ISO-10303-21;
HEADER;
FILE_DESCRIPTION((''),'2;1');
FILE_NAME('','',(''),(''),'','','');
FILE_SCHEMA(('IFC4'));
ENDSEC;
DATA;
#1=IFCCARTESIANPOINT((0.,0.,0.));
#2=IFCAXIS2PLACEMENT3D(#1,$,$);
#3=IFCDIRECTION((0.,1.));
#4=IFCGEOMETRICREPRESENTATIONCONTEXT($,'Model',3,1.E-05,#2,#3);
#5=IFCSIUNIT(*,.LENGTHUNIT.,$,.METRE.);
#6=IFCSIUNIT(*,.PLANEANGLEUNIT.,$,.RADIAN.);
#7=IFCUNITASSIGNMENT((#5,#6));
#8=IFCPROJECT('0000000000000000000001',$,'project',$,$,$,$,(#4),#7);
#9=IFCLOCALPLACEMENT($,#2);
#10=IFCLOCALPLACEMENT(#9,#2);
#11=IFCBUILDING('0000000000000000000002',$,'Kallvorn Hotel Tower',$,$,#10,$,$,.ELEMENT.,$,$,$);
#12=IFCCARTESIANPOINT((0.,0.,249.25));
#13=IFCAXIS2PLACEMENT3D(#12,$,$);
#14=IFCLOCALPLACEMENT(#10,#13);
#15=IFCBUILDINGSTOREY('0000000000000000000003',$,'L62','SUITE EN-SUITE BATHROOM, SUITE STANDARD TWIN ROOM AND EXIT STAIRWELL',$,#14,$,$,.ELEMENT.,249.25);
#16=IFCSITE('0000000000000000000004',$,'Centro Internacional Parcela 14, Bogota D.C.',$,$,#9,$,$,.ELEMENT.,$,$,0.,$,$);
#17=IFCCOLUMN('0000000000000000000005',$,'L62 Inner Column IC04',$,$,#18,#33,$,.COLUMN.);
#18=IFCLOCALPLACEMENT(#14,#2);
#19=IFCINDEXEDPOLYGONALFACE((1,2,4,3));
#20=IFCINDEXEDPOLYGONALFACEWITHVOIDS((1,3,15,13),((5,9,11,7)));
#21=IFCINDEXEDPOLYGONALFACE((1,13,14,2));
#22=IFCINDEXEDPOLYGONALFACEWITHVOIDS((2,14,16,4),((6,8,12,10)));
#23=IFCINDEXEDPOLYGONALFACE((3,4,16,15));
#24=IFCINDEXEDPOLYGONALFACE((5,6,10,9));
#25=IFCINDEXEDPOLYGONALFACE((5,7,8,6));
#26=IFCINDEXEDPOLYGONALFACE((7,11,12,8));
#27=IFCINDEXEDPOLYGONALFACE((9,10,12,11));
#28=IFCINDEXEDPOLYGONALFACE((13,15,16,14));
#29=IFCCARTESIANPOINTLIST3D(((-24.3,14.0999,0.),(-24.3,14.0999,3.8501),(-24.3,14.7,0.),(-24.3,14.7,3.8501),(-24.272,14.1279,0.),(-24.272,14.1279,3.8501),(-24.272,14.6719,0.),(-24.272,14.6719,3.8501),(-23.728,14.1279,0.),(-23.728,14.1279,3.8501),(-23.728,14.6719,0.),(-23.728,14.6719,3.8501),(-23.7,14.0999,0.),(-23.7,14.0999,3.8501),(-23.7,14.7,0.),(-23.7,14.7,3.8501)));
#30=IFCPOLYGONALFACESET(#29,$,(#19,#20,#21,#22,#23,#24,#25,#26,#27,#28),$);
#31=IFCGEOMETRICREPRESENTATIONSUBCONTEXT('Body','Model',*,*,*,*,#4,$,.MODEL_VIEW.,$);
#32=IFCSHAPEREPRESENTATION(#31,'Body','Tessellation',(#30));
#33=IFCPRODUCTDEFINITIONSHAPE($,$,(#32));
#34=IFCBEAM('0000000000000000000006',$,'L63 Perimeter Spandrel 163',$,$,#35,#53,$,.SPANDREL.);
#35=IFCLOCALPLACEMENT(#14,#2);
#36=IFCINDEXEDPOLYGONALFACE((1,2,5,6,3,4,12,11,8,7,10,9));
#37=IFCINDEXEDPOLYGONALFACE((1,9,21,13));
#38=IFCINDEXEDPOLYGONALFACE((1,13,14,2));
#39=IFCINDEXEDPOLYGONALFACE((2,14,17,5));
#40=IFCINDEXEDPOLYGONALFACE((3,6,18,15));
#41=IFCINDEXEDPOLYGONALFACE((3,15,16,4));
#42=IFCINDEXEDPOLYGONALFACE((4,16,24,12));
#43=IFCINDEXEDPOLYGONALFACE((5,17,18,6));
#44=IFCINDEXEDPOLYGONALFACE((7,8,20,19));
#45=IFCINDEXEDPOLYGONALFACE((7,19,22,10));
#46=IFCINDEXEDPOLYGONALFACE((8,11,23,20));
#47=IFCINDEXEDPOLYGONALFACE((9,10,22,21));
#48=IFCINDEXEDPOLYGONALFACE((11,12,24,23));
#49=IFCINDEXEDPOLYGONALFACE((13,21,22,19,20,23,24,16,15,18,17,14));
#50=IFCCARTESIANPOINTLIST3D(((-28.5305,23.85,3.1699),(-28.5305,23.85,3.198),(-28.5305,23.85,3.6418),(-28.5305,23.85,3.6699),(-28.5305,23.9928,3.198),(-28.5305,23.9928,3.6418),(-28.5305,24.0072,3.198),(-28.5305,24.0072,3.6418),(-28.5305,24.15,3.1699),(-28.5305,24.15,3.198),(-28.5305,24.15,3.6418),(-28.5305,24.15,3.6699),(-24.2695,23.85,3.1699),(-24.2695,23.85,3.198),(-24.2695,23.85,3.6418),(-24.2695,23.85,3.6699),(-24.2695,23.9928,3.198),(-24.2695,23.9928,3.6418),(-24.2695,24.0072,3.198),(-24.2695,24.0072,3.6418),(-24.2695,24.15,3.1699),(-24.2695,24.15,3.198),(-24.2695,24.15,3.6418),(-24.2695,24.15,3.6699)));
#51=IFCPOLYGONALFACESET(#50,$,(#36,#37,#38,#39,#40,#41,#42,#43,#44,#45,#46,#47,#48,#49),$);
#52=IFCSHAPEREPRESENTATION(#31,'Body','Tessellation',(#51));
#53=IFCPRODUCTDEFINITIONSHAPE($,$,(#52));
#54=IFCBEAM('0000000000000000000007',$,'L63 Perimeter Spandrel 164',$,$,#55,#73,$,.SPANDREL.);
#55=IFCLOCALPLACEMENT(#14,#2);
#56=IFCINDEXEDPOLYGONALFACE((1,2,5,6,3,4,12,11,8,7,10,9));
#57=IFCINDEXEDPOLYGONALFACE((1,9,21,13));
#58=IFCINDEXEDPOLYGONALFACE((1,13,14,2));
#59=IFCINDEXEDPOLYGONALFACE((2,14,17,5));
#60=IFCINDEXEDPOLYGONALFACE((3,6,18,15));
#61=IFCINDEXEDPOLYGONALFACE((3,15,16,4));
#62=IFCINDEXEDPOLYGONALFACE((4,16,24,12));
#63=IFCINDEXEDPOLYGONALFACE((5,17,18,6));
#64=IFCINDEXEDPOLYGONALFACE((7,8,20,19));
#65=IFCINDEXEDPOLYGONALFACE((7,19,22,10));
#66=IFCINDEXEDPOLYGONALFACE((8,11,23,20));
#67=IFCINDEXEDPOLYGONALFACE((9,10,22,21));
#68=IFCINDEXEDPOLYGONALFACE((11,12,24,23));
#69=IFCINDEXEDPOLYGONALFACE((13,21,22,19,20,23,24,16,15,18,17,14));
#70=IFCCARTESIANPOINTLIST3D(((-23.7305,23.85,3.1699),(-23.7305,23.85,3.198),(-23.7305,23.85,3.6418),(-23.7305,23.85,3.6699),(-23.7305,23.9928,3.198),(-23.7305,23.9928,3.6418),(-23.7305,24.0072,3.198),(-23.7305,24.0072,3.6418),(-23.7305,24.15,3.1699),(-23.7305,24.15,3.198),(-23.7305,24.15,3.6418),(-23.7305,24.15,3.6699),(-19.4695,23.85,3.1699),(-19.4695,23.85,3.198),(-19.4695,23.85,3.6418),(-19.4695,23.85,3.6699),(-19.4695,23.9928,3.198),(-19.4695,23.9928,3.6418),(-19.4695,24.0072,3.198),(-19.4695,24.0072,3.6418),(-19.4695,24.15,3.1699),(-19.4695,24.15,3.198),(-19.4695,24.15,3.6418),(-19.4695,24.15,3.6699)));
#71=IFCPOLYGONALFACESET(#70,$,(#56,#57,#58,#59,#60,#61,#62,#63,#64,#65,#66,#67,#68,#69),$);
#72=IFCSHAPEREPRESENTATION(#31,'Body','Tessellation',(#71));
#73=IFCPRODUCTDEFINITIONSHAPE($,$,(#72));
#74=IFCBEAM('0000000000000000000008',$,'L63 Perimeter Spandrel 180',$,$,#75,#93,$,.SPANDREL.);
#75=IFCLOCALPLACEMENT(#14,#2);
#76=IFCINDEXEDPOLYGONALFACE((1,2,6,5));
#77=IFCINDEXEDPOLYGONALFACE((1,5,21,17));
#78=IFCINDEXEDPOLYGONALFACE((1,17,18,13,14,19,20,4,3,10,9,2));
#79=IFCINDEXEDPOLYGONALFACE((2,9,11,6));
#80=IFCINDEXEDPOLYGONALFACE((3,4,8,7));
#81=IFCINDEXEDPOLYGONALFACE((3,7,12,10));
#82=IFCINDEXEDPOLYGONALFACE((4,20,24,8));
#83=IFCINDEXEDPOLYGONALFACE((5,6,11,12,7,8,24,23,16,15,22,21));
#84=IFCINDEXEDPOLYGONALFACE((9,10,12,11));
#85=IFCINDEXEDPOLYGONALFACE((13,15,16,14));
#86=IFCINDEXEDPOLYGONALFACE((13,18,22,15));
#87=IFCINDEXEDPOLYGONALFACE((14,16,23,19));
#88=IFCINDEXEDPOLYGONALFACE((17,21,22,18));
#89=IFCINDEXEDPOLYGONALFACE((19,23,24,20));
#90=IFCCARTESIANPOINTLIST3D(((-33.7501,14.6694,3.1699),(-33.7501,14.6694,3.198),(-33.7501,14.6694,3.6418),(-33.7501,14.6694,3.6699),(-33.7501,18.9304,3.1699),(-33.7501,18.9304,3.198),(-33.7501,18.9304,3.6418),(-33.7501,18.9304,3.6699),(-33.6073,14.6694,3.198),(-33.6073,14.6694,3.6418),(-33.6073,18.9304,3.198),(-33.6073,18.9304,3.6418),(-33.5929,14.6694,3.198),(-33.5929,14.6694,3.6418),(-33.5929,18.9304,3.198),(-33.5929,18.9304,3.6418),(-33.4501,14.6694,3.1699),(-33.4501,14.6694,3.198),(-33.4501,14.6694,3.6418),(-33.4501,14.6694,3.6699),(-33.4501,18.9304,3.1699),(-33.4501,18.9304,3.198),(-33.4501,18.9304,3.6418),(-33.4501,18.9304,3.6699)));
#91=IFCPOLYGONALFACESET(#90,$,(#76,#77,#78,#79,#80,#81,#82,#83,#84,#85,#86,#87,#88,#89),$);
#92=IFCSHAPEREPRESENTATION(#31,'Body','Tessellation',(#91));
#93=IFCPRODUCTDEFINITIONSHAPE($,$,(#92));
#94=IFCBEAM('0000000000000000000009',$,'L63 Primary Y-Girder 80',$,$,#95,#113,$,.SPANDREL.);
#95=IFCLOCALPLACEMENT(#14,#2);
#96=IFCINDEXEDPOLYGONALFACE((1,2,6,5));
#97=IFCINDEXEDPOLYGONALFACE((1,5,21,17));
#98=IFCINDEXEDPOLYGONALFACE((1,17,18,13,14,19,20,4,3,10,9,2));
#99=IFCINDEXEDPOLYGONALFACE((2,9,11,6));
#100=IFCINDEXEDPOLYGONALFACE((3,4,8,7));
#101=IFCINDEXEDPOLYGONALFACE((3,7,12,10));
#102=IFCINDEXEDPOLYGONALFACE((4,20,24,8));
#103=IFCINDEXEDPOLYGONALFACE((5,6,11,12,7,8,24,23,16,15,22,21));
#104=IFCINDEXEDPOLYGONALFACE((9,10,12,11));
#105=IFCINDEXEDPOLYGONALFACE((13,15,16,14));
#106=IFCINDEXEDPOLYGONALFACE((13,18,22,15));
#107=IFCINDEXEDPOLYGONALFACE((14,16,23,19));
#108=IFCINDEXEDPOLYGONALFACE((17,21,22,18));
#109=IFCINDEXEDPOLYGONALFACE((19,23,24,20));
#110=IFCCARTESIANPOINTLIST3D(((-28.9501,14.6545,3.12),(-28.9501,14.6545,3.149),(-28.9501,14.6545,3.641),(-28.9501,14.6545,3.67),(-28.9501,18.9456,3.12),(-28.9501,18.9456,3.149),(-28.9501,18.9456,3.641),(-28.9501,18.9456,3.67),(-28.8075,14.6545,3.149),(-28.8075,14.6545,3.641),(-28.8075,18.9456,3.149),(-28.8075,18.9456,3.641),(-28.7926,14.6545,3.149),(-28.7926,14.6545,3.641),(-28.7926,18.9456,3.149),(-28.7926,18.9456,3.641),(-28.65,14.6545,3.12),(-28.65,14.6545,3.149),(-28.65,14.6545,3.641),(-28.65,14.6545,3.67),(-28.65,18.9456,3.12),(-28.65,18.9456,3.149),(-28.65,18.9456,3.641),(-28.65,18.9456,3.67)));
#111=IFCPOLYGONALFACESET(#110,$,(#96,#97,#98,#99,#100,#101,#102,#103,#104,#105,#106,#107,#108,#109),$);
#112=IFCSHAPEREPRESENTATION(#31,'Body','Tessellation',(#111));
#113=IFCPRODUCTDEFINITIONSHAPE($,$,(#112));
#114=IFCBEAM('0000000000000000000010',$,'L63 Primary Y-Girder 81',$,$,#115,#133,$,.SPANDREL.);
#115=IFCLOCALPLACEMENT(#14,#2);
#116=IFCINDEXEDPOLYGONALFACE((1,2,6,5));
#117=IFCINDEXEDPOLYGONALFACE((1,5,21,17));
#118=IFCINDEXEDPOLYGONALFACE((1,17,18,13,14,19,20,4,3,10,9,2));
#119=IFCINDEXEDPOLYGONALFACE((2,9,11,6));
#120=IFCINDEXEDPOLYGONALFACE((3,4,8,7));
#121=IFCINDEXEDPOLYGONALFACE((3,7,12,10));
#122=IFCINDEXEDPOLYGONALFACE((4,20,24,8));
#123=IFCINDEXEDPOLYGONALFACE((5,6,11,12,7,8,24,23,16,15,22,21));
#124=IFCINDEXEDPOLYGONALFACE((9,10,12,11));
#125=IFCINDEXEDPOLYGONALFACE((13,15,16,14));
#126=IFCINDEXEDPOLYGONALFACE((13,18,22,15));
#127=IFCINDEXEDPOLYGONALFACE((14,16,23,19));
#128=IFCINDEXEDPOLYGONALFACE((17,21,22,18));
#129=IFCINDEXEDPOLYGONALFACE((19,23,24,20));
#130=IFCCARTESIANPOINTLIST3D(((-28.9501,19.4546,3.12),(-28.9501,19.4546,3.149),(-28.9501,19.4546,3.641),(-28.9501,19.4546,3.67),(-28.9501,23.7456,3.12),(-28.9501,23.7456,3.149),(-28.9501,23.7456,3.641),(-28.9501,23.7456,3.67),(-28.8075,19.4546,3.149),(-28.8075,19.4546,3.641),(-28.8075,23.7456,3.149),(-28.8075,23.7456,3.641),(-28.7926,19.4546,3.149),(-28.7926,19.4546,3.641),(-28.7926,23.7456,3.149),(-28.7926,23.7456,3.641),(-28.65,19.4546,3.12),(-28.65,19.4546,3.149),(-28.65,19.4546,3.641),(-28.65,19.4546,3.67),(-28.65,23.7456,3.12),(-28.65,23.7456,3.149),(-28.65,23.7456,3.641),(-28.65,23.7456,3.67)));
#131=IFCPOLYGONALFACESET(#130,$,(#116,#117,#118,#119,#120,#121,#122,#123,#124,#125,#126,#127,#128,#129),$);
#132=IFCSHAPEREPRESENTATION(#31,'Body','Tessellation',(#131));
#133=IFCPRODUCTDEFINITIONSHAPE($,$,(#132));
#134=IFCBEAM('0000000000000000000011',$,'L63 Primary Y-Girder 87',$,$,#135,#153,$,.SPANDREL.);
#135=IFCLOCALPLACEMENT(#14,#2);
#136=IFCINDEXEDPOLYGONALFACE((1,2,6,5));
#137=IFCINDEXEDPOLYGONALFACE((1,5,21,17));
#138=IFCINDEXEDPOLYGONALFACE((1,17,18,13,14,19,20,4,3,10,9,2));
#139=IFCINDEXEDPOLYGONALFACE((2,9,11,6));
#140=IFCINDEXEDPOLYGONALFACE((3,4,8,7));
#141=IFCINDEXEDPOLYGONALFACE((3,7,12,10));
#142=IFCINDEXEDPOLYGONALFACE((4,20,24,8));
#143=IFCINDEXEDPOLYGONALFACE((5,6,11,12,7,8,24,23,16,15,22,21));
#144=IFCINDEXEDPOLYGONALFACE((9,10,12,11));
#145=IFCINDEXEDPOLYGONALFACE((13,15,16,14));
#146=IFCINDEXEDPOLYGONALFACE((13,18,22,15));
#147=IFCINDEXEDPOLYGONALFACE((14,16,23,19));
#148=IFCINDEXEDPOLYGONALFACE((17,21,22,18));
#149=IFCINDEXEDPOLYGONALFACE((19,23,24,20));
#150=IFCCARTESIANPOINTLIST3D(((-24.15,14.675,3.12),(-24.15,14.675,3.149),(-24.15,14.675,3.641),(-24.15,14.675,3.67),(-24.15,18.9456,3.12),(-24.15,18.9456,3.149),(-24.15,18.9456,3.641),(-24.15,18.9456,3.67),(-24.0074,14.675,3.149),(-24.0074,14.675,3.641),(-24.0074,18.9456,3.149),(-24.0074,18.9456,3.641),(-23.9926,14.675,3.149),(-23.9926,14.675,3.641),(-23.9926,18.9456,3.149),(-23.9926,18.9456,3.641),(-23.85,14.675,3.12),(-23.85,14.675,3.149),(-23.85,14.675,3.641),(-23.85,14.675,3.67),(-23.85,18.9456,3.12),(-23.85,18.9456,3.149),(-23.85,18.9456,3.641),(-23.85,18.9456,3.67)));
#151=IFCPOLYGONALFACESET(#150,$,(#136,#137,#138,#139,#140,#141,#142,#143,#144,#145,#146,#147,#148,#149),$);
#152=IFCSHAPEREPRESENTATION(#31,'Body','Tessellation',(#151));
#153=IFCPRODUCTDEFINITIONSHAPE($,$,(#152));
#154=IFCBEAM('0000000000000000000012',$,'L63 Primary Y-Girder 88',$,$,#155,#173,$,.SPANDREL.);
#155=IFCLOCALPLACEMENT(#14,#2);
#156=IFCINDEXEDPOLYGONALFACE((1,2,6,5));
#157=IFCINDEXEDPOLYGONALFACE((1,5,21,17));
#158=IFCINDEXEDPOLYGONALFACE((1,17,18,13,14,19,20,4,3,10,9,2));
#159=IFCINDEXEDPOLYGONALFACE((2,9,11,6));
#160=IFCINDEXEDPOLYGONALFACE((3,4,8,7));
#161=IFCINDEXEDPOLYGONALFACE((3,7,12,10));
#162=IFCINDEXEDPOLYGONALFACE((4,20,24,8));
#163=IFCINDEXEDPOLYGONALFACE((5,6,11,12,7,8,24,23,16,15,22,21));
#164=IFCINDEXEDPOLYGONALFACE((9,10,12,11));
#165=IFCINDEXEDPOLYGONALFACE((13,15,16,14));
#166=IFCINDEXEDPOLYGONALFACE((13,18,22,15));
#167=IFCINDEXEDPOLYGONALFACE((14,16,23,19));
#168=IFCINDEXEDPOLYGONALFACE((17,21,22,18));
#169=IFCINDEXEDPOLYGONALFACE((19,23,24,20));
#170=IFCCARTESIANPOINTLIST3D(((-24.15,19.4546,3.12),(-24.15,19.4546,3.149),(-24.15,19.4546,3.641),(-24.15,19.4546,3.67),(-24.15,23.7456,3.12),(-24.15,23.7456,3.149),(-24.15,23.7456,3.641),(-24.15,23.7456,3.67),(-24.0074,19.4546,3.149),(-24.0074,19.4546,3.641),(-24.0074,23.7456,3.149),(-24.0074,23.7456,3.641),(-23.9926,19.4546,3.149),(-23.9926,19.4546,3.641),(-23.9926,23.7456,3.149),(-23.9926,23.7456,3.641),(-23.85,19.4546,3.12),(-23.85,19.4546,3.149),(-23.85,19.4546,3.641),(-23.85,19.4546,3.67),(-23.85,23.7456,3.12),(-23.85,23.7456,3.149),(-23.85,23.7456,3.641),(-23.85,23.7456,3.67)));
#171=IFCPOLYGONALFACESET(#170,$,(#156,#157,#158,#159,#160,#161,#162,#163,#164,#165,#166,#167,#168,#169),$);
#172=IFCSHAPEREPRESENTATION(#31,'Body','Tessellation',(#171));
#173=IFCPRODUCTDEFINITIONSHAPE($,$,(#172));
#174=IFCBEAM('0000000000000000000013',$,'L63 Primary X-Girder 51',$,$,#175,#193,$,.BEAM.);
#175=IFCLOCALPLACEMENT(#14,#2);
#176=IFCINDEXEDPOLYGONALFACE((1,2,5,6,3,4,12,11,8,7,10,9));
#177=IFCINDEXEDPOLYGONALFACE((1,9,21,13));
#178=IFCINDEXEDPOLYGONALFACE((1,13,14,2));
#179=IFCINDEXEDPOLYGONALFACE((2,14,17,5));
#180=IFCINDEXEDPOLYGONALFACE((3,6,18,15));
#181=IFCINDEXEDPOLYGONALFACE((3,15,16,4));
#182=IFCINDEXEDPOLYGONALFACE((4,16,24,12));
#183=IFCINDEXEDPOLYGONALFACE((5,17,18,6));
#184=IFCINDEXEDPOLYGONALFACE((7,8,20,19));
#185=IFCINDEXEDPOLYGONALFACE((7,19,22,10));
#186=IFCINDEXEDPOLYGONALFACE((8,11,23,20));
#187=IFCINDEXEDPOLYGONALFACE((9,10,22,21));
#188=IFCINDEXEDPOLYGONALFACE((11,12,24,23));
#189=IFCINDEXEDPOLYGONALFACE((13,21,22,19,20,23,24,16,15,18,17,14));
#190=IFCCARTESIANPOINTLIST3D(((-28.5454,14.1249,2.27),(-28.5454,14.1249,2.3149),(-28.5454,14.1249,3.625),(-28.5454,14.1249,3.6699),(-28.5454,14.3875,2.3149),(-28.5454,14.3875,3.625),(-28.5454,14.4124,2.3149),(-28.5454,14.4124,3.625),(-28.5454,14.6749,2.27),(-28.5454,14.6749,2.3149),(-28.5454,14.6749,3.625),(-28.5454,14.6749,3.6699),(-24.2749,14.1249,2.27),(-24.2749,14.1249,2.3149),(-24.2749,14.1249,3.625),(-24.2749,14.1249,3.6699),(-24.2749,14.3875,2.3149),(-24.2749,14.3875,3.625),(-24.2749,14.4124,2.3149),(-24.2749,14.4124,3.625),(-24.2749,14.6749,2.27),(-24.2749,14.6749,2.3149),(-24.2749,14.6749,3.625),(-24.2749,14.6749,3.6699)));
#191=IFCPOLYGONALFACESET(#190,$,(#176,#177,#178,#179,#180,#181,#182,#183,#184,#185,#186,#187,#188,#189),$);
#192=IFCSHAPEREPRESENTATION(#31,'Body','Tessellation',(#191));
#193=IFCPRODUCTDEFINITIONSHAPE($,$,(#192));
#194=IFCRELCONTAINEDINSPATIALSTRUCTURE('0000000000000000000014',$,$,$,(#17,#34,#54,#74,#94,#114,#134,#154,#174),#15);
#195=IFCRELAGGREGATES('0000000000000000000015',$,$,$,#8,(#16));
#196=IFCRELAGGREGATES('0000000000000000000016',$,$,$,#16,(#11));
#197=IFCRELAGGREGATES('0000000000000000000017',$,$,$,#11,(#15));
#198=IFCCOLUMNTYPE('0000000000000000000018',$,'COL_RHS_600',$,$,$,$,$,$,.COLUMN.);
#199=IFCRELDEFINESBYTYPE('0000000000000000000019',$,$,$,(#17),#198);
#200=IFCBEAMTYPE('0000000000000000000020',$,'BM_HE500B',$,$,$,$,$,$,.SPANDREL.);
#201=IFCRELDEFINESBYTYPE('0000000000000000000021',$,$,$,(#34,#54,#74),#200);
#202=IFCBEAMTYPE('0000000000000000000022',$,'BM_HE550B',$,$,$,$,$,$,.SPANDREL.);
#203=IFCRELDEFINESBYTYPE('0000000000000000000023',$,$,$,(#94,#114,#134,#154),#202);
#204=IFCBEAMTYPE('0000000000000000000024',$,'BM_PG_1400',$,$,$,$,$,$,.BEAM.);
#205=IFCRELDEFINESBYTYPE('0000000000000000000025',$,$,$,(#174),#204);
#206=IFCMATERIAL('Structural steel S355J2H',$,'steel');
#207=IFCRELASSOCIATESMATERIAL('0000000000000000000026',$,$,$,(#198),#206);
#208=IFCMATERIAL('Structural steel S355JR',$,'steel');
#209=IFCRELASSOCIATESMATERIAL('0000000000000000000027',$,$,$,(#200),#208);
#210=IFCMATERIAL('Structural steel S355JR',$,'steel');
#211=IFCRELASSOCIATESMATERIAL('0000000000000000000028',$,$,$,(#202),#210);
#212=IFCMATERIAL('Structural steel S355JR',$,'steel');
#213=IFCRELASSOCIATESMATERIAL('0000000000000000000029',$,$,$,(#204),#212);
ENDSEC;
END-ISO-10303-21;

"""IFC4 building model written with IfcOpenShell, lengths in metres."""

from ifc_helpers import new_model, si_unit, direction, frame, origin, origin_2d, place, context, subcontext, project, spatial, hollow_rectangle, i_section, extrude, material, material_profile, profile_set, type_object, element, save


model = new_model("IFC4")

# Units and contexts
model_context = context("Model", 3, precision=1e-05, world=origin(), true_north=direction((0.0, 1.0)))
body_context = subcontext(model_context, "Body", "Model", "MODEL_VIEW")
ifc_project = project(units=[si_unit("LENGTHUNIT", "METRE"), si_unit("PLANEANGLEUNIT", "RADIAN")], contexts=[model_context])

# Site, building, storey
site_placement = place(None, origin())
site = spatial("IfcSite", under=ifc_project, at=site_placement, Name="Centro Internacional Parcela 14, Bogota D.C.", CompositionType="ELEMENT", RefElevation=0.0)
building_placement = place(site_placement, origin())
building = spatial("IfcBuilding", under=site, at=building_placement, Name="Kallvorn Hotel Tower", CompositionType="ELEMENT")
storey_placement = place(building_placement, frame((0.0, 0.0, 249.25)))
storey = spatial("IfcBuildingStorey", under=building, at=storey_placement, Name="L62", Description="SUITE EN-SUITE BATHROOM, SUITE STANDARD TWIN ROOM AND EXIT STAIRWELL", CompositionType="ELEMENT", Elevation=249.25)

# Column
ifc_material_1 = material(Name="Structural steel S355J2H", Category="steel")
ifc_material_profile_1 = material_profile(ifc_material_1, hollow_rectangle(XDim=0.6001, YDim=0.6001, WallThickness=0.0281, at=origin_2d()), Name="RHS 600x600x28")
ifc_profile_set_1 = profile_set([ifc_material_profile_1], Name="Structural steel S355J2H")
column_type_1 = type_object("IfcColumnType", Name="COL_RHS_600", PredefinedType="COLUMN", material=ifc_profile_set_1)
column_1_placement = place(storey_placement, frame((-24.0, 14.3999, 0.0), z_axis=(0.0, 0.0, 1.0), x_axis=(1.0, 0.0, 0.0)))
element("IfcColumn", 1, at=column_1_placement, inside=storey, type_object=column_type_1, Name="L62 Inner Column IC04", PredefinedType="COLUMN", context=body_context, shape_type="SweptSolid", body=[
    extrude(hollow_rectangle(XDim=0.6001, YDim=0.6001, WallThickness=0.0281, at=origin_2d()), origin(), (0.0, 0.0, 1.0), 3.8501),
])

# Beams
ifc_material_2 = material(Name="Structural steel S355JR", Category="steel")
ifc_material_profile_2 = material_profile(ifc_material_2, i_section(OverallWidth=0.3, OverallDepth=0.5, WebThickness=0.0144, FlangeThickness=0.0281, at=origin_2d()), Name="HE 500 B")
ifc_profile_set_2 = profile_set([ifc_material_profile_2], Name="Structural steel S355JR")
beam_type_1 = type_object("IfcBeamType", Name="BM_HE500B", PredefinedType="SPANDREL", material=ifc_profile_set_2)
for number, where, z_axis, x_axis, name in (
    (2, (-28.5305, 24.0, 3.4199), (1.0, 0.0, 0.0), (0.0, 1.0, 0.0), "L63 Perimeter Spandrel 163"),
    (3, (-23.7305, 24.0, 3.4199), (1.0, 0.0, 0.0), (0.0, 1.0, 0.0), "L63 Perimeter Spandrel 164"),
    (4, (-33.6001, 14.6694, 3.4199), (0.0, 1.0, 0.0), (-1.0, 0.0, 0.0), "L63 Perimeter Spandrel 180"),
):
    element("IfcBeam", number, at=place(storey_placement, frame(where, z_axis=z_axis, x_axis=x_axis)), inside=storey, type_object=beam_type_1, Name=name, PredefinedType="SPANDREL", context=body_context, shape_type="SweptSolid", body=[
        extrude(i_section(OverallWidth=0.3, OverallDepth=0.5, WebThickness=0.0144, FlangeThickness=0.0281, at=origin_2d()), origin(), (0.0, 0.0, 1.0), 4.261),
    ])
ifc_material_3 = material(Name="Structural steel S355JR", Category="steel")
ifc_material_profile_3 = material_profile(ifc_material_3, i_section(OverallWidth=0.3, OverallDepth=0.55, WebThickness=0.0149, FlangeThickness=0.0291, at=origin_2d()), Name="HE 550 B")
ifc_profile_set_3 = profile_set([ifc_material_profile_3], Name="Structural steel S355JR")
beam_type_2 = type_object("IfcBeamType", Name="BM_HE550B", PredefinedType="SPANDREL", material=ifc_profile_set_3)
for number, where, z_axis, x_axis, name in (
    (5, (-28.8, 14.6545, 3.395), (0.0, 1.0, 0.0), (-1.0, 0.0, 0.0), "L63 Primary Y-Girder 80"),
    (6, (-28.8, 19.4546, 3.395), (0.0, 1.0, 0.0), (-1.0, 0.0, 0.0), "L63 Primary Y-Girder 81"),
):
    element("IfcBeam", number, at=place(storey_placement, frame(where, z_axis=z_axis, x_axis=x_axis)), inside=storey, type_object=beam_type_2, Name=name, PredefinedType="SPANDREL", context=body_context, shape_type="SweptSolid", body=[
        extrude(i_section(OverallWidth=0.3, OverallDepth=0.55, WebThickness=0.0149, FlangeThickness=0.0291, at=origin_2d()), origin(), (0.0, 0.0, 1.0), 4.291),
    ])
beam_1_placement = place(storey_placement, frame((-24.0, 14.675, 3.395), z_axis=(0.0, 1.0, 0.0), x_axis=(-1.0, 0.0, 0.0)))
element("IfcBeam", 7, at=beam_1_placement, inside=storey, type_object=beam_type_2, Name="L63 Primary Y-Girder 87", PredefinedType="SPANDREL", context=body_context, shape_type="SweptSolid", body=[
    extrude(i_section(OverallWidth=0.3, OverallDepth=0.55, WebThickness=0.0149, FlangeThickness=0.0291, at=origin_2d()), origin(), (0.0, 0.0, 1.0), 4.2705),
])
beam_2_placement = place(storey_placement, frame((-24.0, 19.4546, 3.395), z_axis=(0.0, 1.0, 0.0), x_axis=(-1.0, 0.0, 0.0)))
element("IfcBeam", 8, at=beam_2_placement, inside=storey, type_object=beam_type_2, Name="L63 Primary Y-Girder 88", PredefinedType="SPANDREL", context=body_context, shape_type="SweptSolid", body=[
    extrude(i_section(OverallWidth=0.3, OverallDepth=0.55, WebThickness=0.0149, FlangeThickness=0.0291, at=origin_2d()), origin(), (0.0, 0.0, 1.0), 4.291),
])
ifc_material_4 = material(Name="Structural steel S355JR", Category="steel")
ifc_material_profile_4 = material_profile(ifc_material_4, i_section(OverallWidth=0.55, OverallDepth=1.3999, WebThickness=0.0249, FlangeThickness=0.0449, at=origin_2d()), Name="PG 1400x550x25x45")
ifc_profile_set_4 = profile_set([ifc_material_profile_4], Name="Structural steel S355JR")
beam_type_3 = type_object("IfcBeamType", Name="BM_PG_1400", PredefinedType="BEAM", material=ifc_profile_set_4)
for number, where, z_axis, x_axis, name in (
    (9, (-28.5454, 14.3999, 2.97), (1.0, 0.0, 0.0), (0.0, 1.0, 0.0), "L63 Primary X-Girder 51"),
):
    element("IfcBeam", number, at=place(storey_placement, frame(where, z_axis=z_axis, x_axis=x_axis)), inside=storey, type_object=beam_type_3, Name=name, PredefinedType="BEAM", context=body_context, shape_type="SweptSolid", body=[
        extrude(i_section(OverallWidth=0.55, OverallDepth=1.3999, WebThickness=0.0249, FlangeThickness=0.0449, at=origin_2d()), origin(), (0.0, 0.0, 1.0), 4.2705),
    ])

save(model, "model.ifc")
